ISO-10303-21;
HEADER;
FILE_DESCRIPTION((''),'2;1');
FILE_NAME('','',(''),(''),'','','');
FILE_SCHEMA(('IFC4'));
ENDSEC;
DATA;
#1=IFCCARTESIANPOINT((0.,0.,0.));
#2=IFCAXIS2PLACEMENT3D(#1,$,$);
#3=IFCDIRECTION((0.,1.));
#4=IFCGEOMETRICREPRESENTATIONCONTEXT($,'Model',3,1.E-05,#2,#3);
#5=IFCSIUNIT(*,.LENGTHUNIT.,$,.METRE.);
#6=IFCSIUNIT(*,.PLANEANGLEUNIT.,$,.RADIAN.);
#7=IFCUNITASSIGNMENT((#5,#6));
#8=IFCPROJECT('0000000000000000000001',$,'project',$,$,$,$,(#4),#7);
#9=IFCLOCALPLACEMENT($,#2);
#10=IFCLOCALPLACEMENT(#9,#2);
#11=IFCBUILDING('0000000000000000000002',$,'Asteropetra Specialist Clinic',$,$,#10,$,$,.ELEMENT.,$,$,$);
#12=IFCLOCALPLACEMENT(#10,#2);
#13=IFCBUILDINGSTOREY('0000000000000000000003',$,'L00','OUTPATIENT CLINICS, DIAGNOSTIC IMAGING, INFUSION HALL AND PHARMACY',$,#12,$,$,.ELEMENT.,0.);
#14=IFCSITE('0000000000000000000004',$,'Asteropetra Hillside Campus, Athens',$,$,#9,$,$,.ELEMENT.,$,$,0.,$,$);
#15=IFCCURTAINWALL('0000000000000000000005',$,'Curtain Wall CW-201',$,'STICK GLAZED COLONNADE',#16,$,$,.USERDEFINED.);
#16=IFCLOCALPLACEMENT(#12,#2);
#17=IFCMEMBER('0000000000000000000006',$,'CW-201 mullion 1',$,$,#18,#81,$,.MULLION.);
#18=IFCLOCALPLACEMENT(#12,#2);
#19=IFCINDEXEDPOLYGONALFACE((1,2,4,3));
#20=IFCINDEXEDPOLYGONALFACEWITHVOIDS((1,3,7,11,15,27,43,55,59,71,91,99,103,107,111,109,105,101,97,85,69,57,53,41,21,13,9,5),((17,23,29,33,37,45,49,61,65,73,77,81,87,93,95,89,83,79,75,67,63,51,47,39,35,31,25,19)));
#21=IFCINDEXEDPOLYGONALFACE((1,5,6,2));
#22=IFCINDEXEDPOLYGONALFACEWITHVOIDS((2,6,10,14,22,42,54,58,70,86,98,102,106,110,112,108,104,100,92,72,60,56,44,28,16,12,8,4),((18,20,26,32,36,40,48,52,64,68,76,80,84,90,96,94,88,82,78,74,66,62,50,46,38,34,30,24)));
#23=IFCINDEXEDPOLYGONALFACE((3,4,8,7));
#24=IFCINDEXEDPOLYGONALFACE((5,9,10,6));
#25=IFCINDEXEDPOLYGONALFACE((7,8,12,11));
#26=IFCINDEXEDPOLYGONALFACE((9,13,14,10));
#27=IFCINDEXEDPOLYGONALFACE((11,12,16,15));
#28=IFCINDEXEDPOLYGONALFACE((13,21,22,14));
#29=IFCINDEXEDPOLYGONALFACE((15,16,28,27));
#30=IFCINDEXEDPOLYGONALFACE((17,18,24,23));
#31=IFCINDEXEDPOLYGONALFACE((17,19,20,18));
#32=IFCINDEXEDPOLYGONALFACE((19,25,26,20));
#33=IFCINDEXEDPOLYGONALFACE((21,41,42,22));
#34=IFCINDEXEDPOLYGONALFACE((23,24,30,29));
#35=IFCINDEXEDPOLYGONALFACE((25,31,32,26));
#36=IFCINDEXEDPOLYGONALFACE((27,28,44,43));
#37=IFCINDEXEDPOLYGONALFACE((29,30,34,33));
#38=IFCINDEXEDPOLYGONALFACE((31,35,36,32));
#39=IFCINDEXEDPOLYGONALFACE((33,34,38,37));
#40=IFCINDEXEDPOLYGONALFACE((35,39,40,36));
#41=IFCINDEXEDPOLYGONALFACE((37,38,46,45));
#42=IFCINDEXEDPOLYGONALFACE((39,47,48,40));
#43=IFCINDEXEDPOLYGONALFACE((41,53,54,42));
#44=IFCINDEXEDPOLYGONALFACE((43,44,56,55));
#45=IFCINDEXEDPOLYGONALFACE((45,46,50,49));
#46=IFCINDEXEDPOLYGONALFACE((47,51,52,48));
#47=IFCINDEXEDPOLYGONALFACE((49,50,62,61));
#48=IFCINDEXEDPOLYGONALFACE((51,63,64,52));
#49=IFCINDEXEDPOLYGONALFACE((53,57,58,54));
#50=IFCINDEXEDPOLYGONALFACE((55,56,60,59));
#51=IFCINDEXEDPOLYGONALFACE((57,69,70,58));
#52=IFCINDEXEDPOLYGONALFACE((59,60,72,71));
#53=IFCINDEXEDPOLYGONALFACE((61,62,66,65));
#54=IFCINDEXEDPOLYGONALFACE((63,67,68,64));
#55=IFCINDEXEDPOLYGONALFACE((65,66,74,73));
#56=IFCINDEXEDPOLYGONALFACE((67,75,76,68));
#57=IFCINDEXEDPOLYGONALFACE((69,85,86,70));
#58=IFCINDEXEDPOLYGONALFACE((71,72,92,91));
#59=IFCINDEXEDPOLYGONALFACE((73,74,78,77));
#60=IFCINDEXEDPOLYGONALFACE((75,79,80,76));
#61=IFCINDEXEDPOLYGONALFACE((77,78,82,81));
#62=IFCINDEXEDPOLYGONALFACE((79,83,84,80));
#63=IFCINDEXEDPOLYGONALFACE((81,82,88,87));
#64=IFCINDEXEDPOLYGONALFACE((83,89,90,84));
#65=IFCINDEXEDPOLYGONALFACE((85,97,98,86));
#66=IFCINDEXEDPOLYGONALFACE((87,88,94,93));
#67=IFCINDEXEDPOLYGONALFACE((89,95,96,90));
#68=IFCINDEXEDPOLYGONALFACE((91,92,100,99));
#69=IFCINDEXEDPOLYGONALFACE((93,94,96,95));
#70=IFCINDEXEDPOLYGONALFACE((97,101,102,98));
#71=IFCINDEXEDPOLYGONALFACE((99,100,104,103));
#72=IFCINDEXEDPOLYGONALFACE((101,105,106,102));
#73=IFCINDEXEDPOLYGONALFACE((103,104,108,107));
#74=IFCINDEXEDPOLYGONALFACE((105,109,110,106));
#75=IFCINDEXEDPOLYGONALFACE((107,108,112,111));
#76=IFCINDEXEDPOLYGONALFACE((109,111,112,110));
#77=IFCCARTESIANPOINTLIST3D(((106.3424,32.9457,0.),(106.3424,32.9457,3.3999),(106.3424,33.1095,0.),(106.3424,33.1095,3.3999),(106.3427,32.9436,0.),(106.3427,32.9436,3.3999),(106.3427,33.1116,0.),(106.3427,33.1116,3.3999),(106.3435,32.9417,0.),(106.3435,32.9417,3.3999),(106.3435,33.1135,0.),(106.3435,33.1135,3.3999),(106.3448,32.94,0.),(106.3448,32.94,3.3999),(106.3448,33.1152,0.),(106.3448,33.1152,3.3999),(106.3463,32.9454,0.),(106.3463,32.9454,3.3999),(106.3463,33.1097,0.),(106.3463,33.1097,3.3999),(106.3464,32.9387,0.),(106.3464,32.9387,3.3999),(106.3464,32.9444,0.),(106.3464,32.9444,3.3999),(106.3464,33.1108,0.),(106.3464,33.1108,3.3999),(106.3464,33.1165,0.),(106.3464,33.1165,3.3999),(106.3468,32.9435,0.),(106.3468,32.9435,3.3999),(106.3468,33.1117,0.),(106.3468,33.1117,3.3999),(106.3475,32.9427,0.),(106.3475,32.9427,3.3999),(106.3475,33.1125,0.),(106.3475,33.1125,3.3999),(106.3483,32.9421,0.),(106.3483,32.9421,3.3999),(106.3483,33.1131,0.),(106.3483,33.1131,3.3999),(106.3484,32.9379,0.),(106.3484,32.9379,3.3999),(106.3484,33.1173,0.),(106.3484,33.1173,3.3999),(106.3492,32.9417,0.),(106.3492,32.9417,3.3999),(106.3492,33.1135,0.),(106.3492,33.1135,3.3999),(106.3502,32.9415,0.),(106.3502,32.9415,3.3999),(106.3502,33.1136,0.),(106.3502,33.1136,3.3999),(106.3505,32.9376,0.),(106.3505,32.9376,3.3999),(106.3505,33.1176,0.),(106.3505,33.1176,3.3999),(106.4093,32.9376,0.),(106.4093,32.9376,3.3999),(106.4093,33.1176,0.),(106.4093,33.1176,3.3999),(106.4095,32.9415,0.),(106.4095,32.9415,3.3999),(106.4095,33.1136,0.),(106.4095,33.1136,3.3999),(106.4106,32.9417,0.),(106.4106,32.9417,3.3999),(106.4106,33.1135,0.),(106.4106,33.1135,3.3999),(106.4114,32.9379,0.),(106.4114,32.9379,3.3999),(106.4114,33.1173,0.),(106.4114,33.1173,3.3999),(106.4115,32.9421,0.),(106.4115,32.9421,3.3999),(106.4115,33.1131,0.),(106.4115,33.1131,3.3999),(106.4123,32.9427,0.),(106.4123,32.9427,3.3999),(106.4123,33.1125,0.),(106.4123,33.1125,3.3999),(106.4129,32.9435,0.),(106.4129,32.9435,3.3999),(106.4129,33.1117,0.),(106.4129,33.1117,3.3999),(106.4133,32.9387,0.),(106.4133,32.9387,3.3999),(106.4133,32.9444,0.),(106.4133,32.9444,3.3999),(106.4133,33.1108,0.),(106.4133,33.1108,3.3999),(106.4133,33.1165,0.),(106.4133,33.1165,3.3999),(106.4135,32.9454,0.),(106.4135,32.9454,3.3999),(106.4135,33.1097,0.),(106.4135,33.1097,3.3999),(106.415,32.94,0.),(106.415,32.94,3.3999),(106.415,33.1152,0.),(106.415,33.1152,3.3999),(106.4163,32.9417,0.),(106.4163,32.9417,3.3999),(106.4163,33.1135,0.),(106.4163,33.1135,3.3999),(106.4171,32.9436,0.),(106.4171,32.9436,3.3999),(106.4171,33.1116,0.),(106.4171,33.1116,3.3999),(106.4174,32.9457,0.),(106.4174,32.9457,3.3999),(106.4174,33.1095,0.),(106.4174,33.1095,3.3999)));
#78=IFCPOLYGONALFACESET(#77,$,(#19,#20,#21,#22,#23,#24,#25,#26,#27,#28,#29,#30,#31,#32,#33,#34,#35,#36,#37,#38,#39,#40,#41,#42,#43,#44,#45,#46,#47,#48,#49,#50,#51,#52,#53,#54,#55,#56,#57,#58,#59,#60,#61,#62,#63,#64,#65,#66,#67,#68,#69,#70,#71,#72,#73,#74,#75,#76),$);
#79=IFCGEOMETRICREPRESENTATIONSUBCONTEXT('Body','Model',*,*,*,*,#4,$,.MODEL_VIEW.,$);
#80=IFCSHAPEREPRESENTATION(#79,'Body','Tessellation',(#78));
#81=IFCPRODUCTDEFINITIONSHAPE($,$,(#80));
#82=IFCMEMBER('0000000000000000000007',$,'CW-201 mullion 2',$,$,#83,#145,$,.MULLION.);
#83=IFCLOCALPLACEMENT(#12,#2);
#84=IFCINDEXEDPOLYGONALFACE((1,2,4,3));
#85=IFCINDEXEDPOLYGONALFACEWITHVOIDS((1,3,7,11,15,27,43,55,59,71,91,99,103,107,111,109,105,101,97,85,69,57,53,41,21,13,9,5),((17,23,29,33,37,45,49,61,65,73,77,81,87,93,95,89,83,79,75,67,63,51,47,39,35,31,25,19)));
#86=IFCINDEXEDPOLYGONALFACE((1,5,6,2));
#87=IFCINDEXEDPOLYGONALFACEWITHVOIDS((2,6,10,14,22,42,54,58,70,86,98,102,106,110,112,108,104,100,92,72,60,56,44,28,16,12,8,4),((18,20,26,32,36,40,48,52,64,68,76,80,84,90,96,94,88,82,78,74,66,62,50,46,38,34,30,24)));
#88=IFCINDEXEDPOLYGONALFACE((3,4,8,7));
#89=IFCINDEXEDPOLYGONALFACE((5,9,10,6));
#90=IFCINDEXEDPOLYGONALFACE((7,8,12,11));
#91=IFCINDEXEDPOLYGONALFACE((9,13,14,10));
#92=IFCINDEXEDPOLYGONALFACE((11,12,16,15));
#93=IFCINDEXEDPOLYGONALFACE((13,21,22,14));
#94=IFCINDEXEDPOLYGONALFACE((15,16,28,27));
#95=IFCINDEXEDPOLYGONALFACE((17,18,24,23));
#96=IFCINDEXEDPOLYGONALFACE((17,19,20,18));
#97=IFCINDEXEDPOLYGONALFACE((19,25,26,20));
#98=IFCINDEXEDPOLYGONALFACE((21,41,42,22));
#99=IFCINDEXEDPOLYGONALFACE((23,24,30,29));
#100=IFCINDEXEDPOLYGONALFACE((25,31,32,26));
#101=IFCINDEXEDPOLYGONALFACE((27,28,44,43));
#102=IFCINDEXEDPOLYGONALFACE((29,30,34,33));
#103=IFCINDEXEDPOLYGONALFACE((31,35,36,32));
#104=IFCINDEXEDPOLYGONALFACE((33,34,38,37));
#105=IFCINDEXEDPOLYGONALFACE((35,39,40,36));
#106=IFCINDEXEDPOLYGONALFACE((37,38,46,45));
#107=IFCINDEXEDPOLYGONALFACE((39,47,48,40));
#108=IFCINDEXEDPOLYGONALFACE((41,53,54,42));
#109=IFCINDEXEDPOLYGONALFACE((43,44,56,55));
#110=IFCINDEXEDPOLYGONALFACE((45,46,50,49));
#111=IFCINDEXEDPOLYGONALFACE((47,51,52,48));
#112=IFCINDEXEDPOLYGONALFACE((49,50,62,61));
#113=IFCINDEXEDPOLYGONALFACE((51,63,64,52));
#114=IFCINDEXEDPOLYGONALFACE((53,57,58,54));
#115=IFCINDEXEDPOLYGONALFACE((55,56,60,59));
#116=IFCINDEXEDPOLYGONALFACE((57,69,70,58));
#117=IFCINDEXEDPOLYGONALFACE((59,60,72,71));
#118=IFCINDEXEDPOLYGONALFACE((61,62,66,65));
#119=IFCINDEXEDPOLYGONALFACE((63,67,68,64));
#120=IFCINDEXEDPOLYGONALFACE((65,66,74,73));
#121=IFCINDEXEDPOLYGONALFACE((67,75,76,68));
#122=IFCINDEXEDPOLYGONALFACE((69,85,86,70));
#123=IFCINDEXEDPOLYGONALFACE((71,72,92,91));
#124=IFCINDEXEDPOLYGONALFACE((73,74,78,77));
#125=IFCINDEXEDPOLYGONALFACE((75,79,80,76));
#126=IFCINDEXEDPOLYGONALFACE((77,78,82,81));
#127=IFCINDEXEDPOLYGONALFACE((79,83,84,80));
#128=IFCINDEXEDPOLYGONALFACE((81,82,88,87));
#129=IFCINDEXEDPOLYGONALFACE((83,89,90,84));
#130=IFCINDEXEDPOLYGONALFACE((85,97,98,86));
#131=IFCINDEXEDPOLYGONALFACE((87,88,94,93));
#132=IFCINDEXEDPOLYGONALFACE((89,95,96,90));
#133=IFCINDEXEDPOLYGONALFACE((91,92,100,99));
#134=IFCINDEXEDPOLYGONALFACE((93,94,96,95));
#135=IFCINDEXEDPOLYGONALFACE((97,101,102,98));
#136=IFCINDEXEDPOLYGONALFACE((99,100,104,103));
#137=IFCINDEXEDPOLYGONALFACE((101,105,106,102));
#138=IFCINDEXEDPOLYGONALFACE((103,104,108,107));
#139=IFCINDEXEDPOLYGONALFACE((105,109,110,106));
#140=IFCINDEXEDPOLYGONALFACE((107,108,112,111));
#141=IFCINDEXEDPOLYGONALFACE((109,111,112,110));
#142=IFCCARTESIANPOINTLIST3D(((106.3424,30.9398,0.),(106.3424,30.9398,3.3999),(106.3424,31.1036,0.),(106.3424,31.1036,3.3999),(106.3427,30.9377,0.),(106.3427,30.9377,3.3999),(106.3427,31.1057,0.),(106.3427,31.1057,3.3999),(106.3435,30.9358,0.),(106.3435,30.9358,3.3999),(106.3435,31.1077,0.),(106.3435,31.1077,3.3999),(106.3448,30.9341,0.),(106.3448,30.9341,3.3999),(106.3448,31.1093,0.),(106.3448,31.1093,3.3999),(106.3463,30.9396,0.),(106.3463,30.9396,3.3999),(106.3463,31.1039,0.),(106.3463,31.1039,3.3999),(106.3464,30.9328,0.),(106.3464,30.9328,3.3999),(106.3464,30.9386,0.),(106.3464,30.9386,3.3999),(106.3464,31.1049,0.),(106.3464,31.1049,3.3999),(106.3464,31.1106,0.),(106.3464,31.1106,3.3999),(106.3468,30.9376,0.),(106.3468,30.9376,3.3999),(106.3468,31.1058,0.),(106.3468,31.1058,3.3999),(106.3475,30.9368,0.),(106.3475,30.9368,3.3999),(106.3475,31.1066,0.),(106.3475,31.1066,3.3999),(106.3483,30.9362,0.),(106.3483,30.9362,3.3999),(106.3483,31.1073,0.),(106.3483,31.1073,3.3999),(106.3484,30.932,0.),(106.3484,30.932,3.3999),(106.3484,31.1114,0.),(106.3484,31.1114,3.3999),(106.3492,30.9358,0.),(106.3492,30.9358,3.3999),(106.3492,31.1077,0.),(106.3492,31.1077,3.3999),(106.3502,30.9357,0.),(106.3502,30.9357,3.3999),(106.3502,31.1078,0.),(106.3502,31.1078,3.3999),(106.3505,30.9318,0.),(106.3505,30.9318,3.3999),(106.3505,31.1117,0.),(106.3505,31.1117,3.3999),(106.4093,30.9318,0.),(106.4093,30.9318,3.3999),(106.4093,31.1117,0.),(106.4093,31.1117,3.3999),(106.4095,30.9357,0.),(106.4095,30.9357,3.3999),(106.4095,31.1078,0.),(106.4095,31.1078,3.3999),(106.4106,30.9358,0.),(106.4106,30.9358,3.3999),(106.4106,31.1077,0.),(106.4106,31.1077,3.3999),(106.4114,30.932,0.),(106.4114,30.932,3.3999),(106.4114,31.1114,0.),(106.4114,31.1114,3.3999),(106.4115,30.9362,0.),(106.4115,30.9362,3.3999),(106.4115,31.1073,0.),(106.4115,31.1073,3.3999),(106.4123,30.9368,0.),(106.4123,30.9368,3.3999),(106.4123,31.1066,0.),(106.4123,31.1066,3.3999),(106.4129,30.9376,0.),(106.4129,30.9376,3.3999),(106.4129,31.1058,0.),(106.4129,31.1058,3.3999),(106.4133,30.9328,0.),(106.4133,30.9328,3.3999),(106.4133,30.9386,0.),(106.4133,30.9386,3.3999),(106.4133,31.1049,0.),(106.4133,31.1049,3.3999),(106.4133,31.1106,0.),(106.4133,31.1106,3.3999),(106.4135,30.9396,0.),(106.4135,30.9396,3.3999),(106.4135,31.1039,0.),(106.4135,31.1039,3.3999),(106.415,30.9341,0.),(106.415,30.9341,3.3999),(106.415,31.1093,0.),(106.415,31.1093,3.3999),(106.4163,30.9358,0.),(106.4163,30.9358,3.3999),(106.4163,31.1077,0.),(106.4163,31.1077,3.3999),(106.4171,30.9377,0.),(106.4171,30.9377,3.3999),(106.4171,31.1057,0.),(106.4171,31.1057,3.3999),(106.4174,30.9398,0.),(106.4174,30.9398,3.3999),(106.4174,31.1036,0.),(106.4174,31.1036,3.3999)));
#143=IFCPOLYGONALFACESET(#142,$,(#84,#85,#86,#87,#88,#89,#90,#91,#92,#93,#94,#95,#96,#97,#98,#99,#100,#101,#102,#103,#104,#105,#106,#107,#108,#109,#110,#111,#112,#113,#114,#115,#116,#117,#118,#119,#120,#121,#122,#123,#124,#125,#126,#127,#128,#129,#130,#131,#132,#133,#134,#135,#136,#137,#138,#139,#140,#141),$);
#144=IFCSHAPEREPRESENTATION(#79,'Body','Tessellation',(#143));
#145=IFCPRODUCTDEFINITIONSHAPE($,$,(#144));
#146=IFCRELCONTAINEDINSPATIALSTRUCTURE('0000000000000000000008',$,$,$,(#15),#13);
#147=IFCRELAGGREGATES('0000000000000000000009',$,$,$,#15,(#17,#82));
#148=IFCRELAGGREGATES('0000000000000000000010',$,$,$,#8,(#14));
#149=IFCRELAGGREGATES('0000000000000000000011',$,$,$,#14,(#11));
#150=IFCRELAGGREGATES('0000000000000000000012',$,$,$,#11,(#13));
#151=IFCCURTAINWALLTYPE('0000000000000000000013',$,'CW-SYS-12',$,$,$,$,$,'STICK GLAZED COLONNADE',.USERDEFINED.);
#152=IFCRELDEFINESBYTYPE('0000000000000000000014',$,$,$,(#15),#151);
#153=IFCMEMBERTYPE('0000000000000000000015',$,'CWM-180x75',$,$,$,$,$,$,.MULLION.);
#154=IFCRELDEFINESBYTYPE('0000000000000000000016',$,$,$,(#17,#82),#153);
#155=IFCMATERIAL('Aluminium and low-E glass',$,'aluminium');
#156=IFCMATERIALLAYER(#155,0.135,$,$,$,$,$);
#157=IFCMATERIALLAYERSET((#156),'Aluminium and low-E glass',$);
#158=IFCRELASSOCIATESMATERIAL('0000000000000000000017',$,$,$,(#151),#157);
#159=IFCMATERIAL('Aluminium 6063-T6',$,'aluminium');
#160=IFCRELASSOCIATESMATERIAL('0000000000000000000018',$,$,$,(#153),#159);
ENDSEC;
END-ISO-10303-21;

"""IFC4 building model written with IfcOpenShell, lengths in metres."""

from ifc_helpers import new_model, si_unit, direction, frame, origin, origin_2d, place, context, subcontext, project, spatial, hollow_rectangle, extrude, material, layer, layer_set, material_profile, profile_set, type_object, element, aggregate, save


model = new_model("IFC4")

# Units and contexts
model_context = context("Model", 3, precision=1e-05, world=origin(), true_north=direction((0.0, 1.0)))
body_context = subcontext(model_context, "Body", "Model", "MODEL_VIEW")
ifc_project = project(units=[si_unit("LENGTHUNIT", "METRE"), si_unit("PLANEANGLEUNIT", "RADIAN")], contexts=[model_context])

# Site, building, storey
site_placement = place(None, origin())
site = spatial("IfcSite", under=ifc_project, at=site_placement, Name="Asteropetra Hillside Campus, Athens", CompositionType="ELEMENT", RefElevation=0.0)
building_placement = place(site_placement, origin())
building = spatial("IfcBuilding", under=site, at=building_placement, Name="Asteropetra Specialist Clinic", CompositionType="ELEMENT")
storey_placement = place(building_placement, origin())
storey = spatial("IfcBuildingStorey", under=building, at=storey_placement, Name="L00", Description="OUTPATIENT CLINICS, DIAGNOSTIC IMAGING, INFUSION HALL AND PHARMACY", CompositionType="ELEMENT", Elevation=0.0)

# Curtain wall, members
ifc_material_1 = material(Name="Aluminium and low-E glass", Category="aluminium")
ifc_layer_1 = layer(ifc_material_1, 0.135)
ifc_layer_set_1 = layer_set([ifc_layer_1], Name="Aluminium and low-E glass")
curtain_wall_type_1 = type_object("IfcCurtainWallType", Name="CW-SYS-12", ElementType="STICK GLAZED COLONNADE", PredefinedType="USERDEFINED", material=ifc_layer_set_1)
curtain_wall_1_placement = place(storey_placement, origin())
curtain_wall_1 = element("IfcCurtainWall", 1, at=curtain_wall_1_placement, inside=storey, type_object=curtain_wall_type_1, Name="Curtain Wall CW-201", ObjectType="STICK GLAZED COLONNADE", PredefinedType="USERDEFINED")
ifc_material_2 = material(Name="Aluminium 6063-T6", Category="aluminium")
ifc_material_profile_1 = material_profile(ifc_material_2, hollow_rectangle(XDim=0.075, YDim=0.1799, WallThickness=0.0039, InnerFilletRadius=0.0039, OuterFilletRadius=0.0081, at=origin_2d()), Name="MUL 180x75x4.0")
ifc_profile_set_1 = profile_set([ifc_material_profile_1], Name="Aluminium 6063-T6")
member_type_1 = type_object("IfcMemberType", Name="CWM-180x75", PredefinedType="MULLION", material=ifc_profile_set_1)
member_1_placement = place(storey_placement, frame((106.3799, 33.0276, 0.0), z_axis=(0.0, 0.0, 1.0), x_axis=(1.0, 0.0, 0.0)))
member_1 = element("IfcMember", 2, at=member_1_placement, type_object=member_type_1, Name="CW-201 mullion 1", PredefinedType="MULLION", context=body_context, shape_type="SweptSolid", body=[
    extrude(hollow_rectangle(XDim=0.075, YDim=0.1799, WallThickness=0.0039, InnerFilletRadius=0.0039, OuterFilletRadius=0.0081, at=origin_2d()), origin(), (0.0, 0.0, 1.0), 3.3999),
])
member_2_placement = place(storey_placement, frame((106.3799, 31.0217, 0.0), z_axis=(0.0, 0.0, 1.0), x_axis=(1.0, 0.0, 0.0)))
member_2 = element("IfcMember", 3, at=member_2_placement, type_object=member_type_1, Name="CW-201 mullion 2", PredefinedType="MULLION", context=body_context, shape_type="SweptSolid", body=[
    extrude(hollow_rectangle(XDim=0.075, YDim=0.1799, WallThickness=0.0039, InnerFilletRadius=0.0039, OuterFilletRadius=0.0081, at=origin_2d()), origin(), (0.0, 0.0, 1.0), 3.3999),
])

aggregate(curtain_wall_1, [member_1, member_2])

save(model, "model.ifc")
